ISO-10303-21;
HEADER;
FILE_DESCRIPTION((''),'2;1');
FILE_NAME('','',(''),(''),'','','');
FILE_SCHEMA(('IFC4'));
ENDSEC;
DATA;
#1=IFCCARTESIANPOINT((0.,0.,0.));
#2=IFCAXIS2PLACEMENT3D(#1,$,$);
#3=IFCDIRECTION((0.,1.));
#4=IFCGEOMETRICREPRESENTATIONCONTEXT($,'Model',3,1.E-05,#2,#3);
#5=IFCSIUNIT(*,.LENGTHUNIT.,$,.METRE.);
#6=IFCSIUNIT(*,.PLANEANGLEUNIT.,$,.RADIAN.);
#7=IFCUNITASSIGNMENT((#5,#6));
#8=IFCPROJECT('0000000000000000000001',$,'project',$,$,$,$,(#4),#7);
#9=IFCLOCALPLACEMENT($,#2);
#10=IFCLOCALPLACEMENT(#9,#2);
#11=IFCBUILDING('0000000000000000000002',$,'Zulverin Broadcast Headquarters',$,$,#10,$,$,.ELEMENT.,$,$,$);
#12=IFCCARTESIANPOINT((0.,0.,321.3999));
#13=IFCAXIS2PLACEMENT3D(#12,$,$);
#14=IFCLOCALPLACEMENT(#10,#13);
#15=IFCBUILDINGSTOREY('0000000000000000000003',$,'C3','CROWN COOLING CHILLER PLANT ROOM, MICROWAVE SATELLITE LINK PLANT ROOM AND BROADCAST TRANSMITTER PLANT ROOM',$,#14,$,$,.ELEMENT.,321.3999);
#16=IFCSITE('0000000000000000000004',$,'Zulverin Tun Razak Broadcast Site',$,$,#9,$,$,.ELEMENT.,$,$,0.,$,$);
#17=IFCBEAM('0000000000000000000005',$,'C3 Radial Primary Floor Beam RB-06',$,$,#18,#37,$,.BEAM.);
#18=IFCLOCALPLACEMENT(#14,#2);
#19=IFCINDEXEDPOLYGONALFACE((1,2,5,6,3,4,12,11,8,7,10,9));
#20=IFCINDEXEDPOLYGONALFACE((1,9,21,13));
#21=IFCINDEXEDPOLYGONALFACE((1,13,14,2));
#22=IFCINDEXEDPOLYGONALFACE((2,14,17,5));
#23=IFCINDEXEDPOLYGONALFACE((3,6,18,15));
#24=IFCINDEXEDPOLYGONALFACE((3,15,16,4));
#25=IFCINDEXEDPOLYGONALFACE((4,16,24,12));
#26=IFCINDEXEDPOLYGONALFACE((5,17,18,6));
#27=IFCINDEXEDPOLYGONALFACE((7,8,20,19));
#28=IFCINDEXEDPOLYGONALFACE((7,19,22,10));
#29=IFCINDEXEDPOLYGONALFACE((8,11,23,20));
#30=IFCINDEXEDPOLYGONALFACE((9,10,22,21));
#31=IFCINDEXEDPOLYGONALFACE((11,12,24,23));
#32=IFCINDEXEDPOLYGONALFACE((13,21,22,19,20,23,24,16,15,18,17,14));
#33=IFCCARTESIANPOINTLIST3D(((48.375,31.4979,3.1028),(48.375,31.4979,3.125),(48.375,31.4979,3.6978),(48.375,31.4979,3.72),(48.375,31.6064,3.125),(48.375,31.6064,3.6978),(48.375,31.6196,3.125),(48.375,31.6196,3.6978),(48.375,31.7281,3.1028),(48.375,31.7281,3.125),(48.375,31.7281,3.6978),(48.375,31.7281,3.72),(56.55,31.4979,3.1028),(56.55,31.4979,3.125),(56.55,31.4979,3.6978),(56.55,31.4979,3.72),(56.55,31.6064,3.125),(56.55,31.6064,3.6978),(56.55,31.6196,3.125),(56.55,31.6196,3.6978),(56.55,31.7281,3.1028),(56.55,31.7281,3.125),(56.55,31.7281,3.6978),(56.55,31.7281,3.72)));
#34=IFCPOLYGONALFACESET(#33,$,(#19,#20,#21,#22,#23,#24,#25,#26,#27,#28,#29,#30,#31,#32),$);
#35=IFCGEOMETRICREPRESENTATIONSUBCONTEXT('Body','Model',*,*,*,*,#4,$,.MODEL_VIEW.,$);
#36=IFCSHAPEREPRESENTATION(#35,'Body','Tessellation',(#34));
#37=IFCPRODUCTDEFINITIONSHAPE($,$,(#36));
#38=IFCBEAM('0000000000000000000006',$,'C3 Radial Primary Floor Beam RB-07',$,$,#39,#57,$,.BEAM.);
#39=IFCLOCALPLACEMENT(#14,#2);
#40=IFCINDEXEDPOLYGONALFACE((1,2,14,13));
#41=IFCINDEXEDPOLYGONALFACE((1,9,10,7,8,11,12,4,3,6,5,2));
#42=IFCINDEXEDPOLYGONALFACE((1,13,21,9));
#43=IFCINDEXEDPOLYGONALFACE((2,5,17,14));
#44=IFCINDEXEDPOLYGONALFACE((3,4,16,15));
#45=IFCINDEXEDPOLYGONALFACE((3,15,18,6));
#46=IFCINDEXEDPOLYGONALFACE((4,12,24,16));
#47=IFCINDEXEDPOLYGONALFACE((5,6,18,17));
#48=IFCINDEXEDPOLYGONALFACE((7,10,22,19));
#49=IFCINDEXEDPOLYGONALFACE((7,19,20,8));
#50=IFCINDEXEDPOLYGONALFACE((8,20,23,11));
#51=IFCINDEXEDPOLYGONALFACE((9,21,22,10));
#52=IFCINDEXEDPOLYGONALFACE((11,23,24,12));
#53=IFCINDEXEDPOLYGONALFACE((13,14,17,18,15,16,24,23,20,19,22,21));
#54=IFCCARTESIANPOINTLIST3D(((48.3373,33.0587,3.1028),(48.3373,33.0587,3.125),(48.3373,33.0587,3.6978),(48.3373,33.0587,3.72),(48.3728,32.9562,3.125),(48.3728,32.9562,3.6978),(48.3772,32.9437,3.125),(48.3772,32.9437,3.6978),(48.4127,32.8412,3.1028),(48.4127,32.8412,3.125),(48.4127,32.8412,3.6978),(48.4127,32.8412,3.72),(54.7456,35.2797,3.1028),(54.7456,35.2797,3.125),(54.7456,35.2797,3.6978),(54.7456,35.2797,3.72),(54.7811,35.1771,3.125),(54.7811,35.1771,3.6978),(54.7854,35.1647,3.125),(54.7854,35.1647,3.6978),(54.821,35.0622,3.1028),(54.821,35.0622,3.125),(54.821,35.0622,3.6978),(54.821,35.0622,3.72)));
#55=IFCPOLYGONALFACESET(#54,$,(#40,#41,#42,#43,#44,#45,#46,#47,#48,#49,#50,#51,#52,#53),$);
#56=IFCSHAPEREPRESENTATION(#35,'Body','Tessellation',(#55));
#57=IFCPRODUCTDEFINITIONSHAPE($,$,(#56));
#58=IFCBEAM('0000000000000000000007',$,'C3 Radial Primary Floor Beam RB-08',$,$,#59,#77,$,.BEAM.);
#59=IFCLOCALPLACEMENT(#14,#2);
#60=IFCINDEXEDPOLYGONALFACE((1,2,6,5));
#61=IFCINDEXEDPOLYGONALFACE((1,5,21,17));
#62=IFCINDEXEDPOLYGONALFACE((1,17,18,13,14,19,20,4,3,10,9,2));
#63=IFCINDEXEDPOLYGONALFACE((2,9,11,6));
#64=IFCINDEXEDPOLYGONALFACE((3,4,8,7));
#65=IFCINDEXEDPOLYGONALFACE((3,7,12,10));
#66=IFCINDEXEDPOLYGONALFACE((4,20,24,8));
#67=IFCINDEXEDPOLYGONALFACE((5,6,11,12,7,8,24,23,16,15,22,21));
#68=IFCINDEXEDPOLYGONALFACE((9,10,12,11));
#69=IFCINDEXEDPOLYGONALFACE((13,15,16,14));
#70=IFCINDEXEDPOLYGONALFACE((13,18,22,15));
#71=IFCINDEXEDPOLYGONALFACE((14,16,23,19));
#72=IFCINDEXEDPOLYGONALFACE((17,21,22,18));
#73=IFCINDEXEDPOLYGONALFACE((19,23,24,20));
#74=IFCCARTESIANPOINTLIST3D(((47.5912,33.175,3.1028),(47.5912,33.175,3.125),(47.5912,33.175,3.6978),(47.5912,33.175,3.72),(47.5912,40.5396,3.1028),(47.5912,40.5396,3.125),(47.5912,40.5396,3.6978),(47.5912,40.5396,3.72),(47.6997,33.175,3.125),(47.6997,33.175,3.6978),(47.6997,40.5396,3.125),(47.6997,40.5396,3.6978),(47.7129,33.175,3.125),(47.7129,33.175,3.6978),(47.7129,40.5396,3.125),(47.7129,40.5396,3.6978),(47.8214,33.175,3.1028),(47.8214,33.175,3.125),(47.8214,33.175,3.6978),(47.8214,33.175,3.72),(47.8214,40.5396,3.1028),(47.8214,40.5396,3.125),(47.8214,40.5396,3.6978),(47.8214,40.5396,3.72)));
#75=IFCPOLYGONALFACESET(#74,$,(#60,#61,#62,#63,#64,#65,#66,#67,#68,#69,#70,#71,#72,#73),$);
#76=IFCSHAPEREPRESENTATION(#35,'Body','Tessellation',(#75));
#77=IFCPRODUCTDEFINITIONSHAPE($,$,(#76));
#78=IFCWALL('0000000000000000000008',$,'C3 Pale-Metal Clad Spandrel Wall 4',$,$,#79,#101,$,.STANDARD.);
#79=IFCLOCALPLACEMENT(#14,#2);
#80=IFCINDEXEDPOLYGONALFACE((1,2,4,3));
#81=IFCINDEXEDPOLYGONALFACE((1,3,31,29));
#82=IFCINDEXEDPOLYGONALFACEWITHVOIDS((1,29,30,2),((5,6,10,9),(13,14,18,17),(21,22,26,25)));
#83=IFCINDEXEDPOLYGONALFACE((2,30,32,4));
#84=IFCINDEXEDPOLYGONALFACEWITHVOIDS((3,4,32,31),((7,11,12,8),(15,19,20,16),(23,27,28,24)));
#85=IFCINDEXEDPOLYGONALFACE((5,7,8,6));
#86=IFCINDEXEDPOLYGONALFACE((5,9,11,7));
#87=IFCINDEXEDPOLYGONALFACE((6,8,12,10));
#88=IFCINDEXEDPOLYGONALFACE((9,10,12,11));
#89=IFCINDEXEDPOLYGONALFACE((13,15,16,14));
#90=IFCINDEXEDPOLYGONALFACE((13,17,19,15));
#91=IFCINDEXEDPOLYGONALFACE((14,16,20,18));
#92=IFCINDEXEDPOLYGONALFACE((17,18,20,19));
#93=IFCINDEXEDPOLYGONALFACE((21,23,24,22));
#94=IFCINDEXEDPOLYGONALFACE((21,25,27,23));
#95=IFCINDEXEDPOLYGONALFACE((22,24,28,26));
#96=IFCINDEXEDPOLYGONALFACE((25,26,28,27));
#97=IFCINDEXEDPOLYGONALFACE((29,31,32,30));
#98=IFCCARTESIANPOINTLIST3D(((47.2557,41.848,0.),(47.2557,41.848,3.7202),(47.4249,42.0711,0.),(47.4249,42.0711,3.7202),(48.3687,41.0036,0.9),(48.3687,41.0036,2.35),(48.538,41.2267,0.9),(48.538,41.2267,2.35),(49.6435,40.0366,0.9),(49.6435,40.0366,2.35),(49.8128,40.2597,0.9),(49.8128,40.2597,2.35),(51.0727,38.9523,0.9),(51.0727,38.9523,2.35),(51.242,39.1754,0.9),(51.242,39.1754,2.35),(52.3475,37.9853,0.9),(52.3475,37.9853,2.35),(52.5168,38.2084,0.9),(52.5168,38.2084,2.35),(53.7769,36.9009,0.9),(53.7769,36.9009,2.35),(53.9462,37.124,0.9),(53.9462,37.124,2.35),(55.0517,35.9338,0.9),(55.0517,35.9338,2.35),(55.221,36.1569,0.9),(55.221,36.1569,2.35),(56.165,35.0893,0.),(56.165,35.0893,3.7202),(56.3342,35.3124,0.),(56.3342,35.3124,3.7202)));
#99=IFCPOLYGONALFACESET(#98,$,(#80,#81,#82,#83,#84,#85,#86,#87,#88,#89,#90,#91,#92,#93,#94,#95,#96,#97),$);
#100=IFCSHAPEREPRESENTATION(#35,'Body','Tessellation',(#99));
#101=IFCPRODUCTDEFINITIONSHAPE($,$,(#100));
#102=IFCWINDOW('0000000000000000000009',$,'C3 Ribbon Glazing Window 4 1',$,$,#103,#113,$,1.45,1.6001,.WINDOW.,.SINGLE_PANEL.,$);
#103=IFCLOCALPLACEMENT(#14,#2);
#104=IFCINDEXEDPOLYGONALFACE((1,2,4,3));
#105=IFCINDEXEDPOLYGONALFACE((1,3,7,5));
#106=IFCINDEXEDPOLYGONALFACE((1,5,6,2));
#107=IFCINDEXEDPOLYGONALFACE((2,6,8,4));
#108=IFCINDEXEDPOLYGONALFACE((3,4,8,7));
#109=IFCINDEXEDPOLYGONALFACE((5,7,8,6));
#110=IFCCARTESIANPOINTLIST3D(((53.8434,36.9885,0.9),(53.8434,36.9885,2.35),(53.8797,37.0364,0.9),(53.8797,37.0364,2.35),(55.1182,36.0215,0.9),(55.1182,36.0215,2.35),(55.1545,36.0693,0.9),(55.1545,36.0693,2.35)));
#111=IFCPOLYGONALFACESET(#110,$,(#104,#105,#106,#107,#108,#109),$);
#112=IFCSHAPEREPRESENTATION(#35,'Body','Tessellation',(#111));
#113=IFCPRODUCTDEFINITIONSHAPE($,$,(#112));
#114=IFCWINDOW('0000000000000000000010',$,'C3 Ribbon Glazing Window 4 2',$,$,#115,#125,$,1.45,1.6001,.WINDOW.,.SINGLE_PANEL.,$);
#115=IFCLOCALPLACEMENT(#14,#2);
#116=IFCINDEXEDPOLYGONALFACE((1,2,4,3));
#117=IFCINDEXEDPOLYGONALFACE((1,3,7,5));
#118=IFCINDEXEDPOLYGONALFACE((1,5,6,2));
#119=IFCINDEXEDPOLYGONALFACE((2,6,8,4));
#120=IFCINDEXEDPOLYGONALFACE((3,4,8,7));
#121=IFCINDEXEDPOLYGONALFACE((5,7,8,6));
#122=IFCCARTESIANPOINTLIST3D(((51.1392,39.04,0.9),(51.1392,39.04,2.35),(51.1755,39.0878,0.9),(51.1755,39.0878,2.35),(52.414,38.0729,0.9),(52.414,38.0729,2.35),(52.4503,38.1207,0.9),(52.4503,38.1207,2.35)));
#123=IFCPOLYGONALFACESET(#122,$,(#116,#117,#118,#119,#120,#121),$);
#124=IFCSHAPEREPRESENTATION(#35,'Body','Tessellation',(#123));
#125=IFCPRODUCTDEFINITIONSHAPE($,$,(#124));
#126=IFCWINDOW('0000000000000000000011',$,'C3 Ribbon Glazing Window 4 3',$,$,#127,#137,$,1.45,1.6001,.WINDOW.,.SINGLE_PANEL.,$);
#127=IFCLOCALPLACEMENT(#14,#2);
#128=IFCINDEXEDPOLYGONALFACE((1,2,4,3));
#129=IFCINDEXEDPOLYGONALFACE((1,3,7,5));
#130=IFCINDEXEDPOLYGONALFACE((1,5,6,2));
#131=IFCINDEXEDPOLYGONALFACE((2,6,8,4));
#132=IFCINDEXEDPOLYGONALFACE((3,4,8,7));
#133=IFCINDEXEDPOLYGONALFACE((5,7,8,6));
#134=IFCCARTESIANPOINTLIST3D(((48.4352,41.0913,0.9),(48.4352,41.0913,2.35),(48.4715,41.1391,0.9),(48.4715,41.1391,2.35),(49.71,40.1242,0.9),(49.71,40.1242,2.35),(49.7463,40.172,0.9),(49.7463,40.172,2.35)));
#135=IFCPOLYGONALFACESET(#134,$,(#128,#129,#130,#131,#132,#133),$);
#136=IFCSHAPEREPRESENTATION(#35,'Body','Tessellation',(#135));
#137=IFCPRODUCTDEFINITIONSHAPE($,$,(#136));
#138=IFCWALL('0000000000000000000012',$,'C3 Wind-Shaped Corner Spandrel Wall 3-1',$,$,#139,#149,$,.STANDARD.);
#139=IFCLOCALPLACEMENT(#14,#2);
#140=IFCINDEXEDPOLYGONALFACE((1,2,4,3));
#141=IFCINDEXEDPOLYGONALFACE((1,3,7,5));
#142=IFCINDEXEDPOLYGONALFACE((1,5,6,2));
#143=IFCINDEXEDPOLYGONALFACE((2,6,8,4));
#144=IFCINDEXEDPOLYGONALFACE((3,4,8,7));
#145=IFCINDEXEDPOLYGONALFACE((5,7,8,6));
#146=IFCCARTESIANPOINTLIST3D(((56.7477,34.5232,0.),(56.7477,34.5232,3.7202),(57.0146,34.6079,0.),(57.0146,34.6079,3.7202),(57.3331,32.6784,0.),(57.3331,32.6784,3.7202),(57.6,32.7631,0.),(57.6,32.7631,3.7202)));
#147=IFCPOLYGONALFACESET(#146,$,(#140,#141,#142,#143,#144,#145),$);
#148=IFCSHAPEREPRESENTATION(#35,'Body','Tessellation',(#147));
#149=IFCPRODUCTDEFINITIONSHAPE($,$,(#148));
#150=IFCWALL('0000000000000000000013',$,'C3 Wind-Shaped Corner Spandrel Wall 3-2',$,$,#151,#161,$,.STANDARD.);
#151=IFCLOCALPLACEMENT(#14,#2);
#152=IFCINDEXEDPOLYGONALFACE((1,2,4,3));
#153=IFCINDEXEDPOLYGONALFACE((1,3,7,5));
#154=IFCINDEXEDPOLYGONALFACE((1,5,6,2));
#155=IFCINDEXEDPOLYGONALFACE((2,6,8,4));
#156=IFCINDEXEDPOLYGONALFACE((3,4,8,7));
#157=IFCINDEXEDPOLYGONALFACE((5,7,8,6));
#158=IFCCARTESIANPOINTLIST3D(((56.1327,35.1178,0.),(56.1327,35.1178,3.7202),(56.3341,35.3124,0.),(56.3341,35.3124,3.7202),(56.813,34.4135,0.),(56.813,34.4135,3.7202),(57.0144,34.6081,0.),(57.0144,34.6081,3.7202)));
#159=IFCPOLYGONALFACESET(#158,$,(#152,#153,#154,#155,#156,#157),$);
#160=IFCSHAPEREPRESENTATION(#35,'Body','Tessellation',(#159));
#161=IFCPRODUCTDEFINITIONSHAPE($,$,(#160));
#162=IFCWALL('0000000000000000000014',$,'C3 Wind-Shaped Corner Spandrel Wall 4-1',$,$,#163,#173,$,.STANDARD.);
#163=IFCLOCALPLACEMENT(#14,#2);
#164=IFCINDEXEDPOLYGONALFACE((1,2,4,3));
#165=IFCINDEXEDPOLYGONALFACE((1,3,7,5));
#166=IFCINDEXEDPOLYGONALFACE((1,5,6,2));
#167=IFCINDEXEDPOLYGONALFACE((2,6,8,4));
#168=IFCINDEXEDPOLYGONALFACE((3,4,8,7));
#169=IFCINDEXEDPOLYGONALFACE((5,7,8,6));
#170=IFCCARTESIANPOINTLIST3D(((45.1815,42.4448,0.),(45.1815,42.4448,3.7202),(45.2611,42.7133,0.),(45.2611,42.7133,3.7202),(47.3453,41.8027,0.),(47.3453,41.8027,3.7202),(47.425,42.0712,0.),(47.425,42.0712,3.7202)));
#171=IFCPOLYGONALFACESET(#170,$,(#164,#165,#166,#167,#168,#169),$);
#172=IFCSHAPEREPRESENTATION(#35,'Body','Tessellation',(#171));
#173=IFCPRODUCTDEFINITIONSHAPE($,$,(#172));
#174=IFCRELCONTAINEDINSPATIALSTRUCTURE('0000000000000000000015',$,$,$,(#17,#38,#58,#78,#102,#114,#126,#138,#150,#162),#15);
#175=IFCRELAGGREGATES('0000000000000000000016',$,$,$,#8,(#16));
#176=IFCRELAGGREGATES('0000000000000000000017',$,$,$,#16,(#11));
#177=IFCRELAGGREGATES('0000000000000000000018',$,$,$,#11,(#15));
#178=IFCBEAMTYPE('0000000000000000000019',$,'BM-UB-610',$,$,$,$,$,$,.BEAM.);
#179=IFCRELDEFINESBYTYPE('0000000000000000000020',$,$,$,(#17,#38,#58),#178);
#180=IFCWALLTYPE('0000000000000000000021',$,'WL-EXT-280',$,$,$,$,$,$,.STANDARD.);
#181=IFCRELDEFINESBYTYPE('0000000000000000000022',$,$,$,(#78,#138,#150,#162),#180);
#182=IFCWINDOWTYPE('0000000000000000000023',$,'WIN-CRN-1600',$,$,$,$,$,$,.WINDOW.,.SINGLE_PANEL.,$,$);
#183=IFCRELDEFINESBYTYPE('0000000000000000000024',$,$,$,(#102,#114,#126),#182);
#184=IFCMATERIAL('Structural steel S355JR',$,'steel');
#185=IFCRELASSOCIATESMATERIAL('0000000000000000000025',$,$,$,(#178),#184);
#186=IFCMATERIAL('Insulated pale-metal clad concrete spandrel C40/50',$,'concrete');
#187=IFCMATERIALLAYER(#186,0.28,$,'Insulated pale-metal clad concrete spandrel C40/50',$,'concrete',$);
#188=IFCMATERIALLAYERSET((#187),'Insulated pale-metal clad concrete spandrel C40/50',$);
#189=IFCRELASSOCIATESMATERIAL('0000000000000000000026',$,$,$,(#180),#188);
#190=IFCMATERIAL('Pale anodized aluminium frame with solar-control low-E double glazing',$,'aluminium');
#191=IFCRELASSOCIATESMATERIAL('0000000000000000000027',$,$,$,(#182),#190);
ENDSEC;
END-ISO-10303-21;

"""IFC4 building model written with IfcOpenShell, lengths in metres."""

from ifc_helpers import new_model, si_unit, direction, frame, frame_2d, origin, origin_2d, place, context, subcontext, project, spatial, rectangle, i_section, extrude, material, layer, layer_set, material_profile, profile_set, type_object, element, fill, save


model = new_model("IFC4")

# Units and contexts
model_context = context("Model", 3, precision=1e-05, world=origin(), true_north=direction((0.0, 1.0)))
body_context = subcontext(model_context, "Body", "Model", "MODEL_VIEW")
ifc_project = project(units=[si_unit("LENGTHUNIT", "METRE"), si_unit("PLANEANGLEUNIT", "RADIAN")], contexts=[model_context])

# Site, building, storey
site_placement = place(None, origin())
site = spatial("IfcSite", under=ifc_project, at=site_placement, Name="Zulverin Tun Razak Broadcast Site", CompositionType="ELEMENT", RefElevation=0.0)
building_placement = place(site_placement, origin())
building = spatial("IfcBuilding", under=site, at=building_placement, Name="Zulverin Broadcast Headquarters", CompositionType="ELEMENT")
storey_placement = place(building_placement, frame((0.0, 0.0, 321.3999)))
storey = spatial("IfcBuildingStorey", under=building, at=storey_placement, Name="C3", Description="CROWN COOLING CHILLER PLANT ROOM, MICROWAVE SATELLITE LINK PLANT ROOM AND BROADCAST TRANSMITTER PLANT ROOM", CompositionType="ELEMENT", Elevation=321.3999)

# Shared definitions
ifc_material_1 = material(Name="Structural steel S355JR", Category="steel")

# Beams
ifc_material_profile_1 = material_profile(ifc_material_1, i_section(OverallWidth=0.2302, OverallDepth=0.6172, WebThickness=0.0132, FlangeThickness=0.0222, at=origin_2d()), Name="Structural steel S355JR", Category="steel")
ifc_profile_set_1 = profile_set([ifc_material_profile_1], Name="Structural steel S355JR")
beam_type_1 = type_object("IfcBeamType", Name="BM-UB-610", PredefinedType="BEAM", material=ifc_profile_set_1)
beam_1_placement = place(storey_placement, frame((48.375, 31.613, 3.4114), z_axis=(1.0, 0.0, 0.0), x_axis=(0.0, 1.0, 0.0)))
element("IfcBeam", 1, at=beam_1_placement, inside=storey, type_object=beam_type_1, Name="C3 Radial Primary Floor Beam RB-06", PredefinedType="BEAM", context=body_context, shape_type="SweptSolid", body=[
    extrude(i_section(OverallWidth=0.2302, OverallDepth=0.6172, WebThickness=0.0132, FlangeThickness=0.0222, at=origin_2d()), origin(), (0.0, 0.0, 1.0), 8.175),
])
beam_2_placement = place(storey_placement, frame((48.375, 32.95, 3.4114), z_axis=(0.944862, 0.327469, 0.0), x_axis=(-0.327469, 0.944862, 0.0)))
element("IfcBeam", 2, at=beam_2_placement, inside=storey, type_object=beam_type_1, Name="C3 Radial Primary Floor Beam RB-07", PredefinedType="BEAM", context=body_context, shape_type="SweptSolid", body=[
    extrude(i_section(OverallWidth=0.2302, OverallDepth=0.6172, WebThickness=0.0132, FlangeThickness=0.0222, at=origin_2d()), origin(), (0.0, 0.0, 1.0), 6.7822),
])
beam_3_placement = place(storey_placement, frame((47.7063, 33.175, 3.4114), z_axis=(0.0, 1.0, 0.0), x_axis=(-1.0, 0.0, 0.0)))
element("IfcBeam", 3, at=beam_3_placement, inside=storey, type_object=beam_type_1, Name="C3 Radial Primary Floor Beam RB-08", PredefinedType="BEAM", context=body_context, shape_type="SweptSolid", body=[
    extrude(i_section(OverallWidth=0.2302, OverallDepth=0.6172, WebThickness=0.0132, FlangeThickness=0.0222, at=origin_2d()), origin(), (0.0, 0.0, 1.0), 7.3645),
])

# Wall, openings, windows
ifc_material_2 = material(Name="Insulated pale-metal clad concrete spandrel C40/50", Category="concrete")
ifc_layer_1 = layer(ifc_material_2, 0.28, Name="Insulated pale-metal clad concrete spandrel C40/50", Category="concrete")
ifc_layer_set_1 = layer_set([ifc_layer_1], Name="Insulated pale-metal clad concrete spandrel C40/50")
wall_type = type_object("IfcWallType", Name="WL-EXT-280", PredefinedType="STANDARD", material=ifc_layer_set_1)
wall_1_placement = place(storey_placement, frame((56.2495, 35.2009, 0.0), z_axis=(0.0, 0.0, 1.0), x_axis=(-0.796695, 0.604382, 0.0)))
wall_1 = element("IfcWall", 4, at=wall_1_placement, inside=storey, type_object=wall_type, Name="C3 Pale-Metal Clad Spandrel Wall 4", PredefinedType="STANDARD", context=body_context, shape_type="SweptSolid", body=[
    extrude(rectangle(XDim=11.1829, YDim=0.28, at=frame_2d((5.5913, 0.0))), origin(), (0.0, 0.0, 1.0), 3.7202),
])
opening_1_placement = place(wall_1_placement, frame((1.3972, 0.0, 0.8999)))
opening_1 = element("IfcOpeningElement", 5, at=opening_1_placement, cuts=wall_1, PredefinedType="OPENING", context=body_context, shape_type="SweptSolid", body=[
    extrude(rectangle(XDim=1.6001, YDim=1.45, at=frame_2d((0.8, 0.7251))), frame((0.0, 0.1499, 0.0), z_axis=(0.0, -1.0, 0.0), x_axis=(1.0, 0.0, 0.0)), (0.0, 0.0, 1.0), 0.3),
])
opening_2_placement = place(wall_1_placement, frame((4.7915, 0.0, 0.8999)))
opening_2 = element("IfcOpeningElement", 6, at=opening_2_placement, cuts=wall_1, PredefinedType="OPENING", context=body_context, shape_type="SweptSolid", body=[
    extrude(rectangle(XDim=1.6001, YDim=1.45, at=frame_2d((0.8, 0.7251))), frame((0.0, 0.1499, 0.0), z_axis=(0.0, -1.0, 0.0), x_axis=(1.0, 0.0, 0.0)), (0.0, 0.0, 1.0), 0.3),
])
opening_3_placement = place(wall_1_placement, frame((8.1855, 0.0, 0.8999)))
opening_3 = element("IfcOpeningElement", 7, at=opening_3_placement, cuts=wall_1, PredefinedType="OPENING", context=body_context, shape_type="SweptSolid", body=[
    extrude(rectangle(XDim=1.6001, YDim=1.45, at=frame_2d((0.8, 0.7251))), frame((0.0, 0.1499, 0.0), z_axis=(0.0, -1.0, 0.0), x_axis=(1.0, 0.0, 0.0)), (0.0, 0.0, 1.0), 0.3),
])
ifc_material_3 = material(Name="Pale anodized aluminium frame with solar-control low-E double glazing", Category="aluminium")
window_type = type_object("IfcWindowType", Name="WIN-CRN-1600", PartitioningType="SINGLE_PANEL", PredefinedType="WINDOW", material=ifc_material_3)
window_1_placement = place(opening_1_placement, origin())
window_1 = element("IfcWindow", 8, at=window_1_placement, inside=storey, type_object=window_type, Name="C3 Ribbon Glazing Window 4 1", OverallHeight=1.45, OverallWidth=1.6001, PartitioningType="SINGLE_PANEL", PredefinedType="WINDOW", context=body_context, shape_type="SweptSolid", body=[
    extrude(rectangle(XDim=1.6001, YDim=1.45, at=frame_2d((0.8, 0.7251))), frame((0.0, 0.03, 0.0), z_axis=(0.0, -1.0, 0.0), x_axis=(1.0, 0.0, 0.0)), (0.0, 0.0, 1.0), 0.0601),
])
fill(opening_1, window_1)
window_2_placement = place(opening_2_placement, origin())
window_2 = element("IfcWindow", 9, at=window_2_placement, inside=storey, type_object=window_type, Name="C3 Ribbon Glazing Window 4 2", OverallHeight=1.45, OverallWidth=1.6001, PartitioningType="SINGLE_PANEL", PredefinedType="WINDOW", context=body_context, shape_type="SweptSolid", body=[
    extrude(rectangle(XDim=1.6001, YDim=1.45, at=frame_2d((0.8, 0.7251))), frame((0.0, 0.03, 0.0), z_axis=(0.0, -1.0, 0.0), x_axis=(1.0, 0.0, 0.0)), (0.0, 0.0, 1.0), 0.0601),
])
fill(opening_2, window_2)
window_3_placement = place(opening_3_placement, origin())
window_3 = element("IfcWindow", 10, at=window_3_placement, inside=storey, type_object=window_type, Name="C3 Ribbon Glazing Window 4 3", OverallHeight=1.45, OverallWidth=1.6001, PartitioningType="SINGLE_PANEL", PredefinedType="WINDOW", context=body_context, shape_type="SweptSolid", body=[
    extrude(rectangle(XDim=1.6001, YDim=1.45, at=frame_2d((0.8, 0.7251))), frame((0.0, 0.03, 0.0), z_axis=(0.0, -1.0, 0.0), x_axis=(1.0, 0.0, 0.0)), (0.0, 0.0, 1.0), 0.0601),
])
fill(opening_3, window_3)

# Walls
wall_2_placement = place(storey_placement, frame((57.4666, 32.7207, 0.0), z_axis=(0.0, 0.0, 1.0), x_axis=(-0.302459, 0.953162, 0.0)))
element("IfcWall", 11, at=wall_2_placement, inside=storey, type_object=wall_type, Name="C3 Wind-Shaped Corner Spandrel Wall 3-1", PredefinedType="STANDARD", context=body_context, shape_type="SweptSolid", body=[
    extrude(rectangle(XDim=1.9355, YDim=0.28, at=frame_2d((0.9678, 0.0))), origin(), (0.0, 0.0, 1.0), 3.7202),
])
wall_3_placement = place(storey_placement, frame((56.9138, 34.5107, 0.0), z_axis=(0.0, 0.0, 1.0), x_axis=(-0.694786, 0.719217, 0.0)))
element("IfcWall", 12, at=wall_3_placement, inside=storey, type_object=wall_type, Name="C3 Wind-Shaped Corner Spandrel Wall 3-2", PredefinedType="STANDARD", context=body_context, shape_type="SweptSolid", body=[
    extrude(rectangle(XDim=0.9792, YDim=0.28, at=frame_2d((0.4897, 0.0))), origin(), (0.0, 0.0, 1.0), 3.7202),
])
wall_4_placement = place(storey_placement, frame((47.385, 41.937, 0.0), z_axis=(0.0, 0.0, 1.0), x_axis=(-0.958682, 0.284479, 0.0)))
element("IfcWall", 13, at=wall_4_placement, inside=storey, type_object=wall_type, Name="C3 Wind-Shaped Corner Spandrel Wall 4-1", PredefinedType="STANDARD", context=body_context, shape_type="SweptSolid", body=[
    extrude(rectangle(XDim=2.2571, YDim=0.28, at=frame_2d((1.1284, 0.0))), origin(), (0.0, 0.0, 1.0), 3.7202),
])

save(model, "model.ifc")
